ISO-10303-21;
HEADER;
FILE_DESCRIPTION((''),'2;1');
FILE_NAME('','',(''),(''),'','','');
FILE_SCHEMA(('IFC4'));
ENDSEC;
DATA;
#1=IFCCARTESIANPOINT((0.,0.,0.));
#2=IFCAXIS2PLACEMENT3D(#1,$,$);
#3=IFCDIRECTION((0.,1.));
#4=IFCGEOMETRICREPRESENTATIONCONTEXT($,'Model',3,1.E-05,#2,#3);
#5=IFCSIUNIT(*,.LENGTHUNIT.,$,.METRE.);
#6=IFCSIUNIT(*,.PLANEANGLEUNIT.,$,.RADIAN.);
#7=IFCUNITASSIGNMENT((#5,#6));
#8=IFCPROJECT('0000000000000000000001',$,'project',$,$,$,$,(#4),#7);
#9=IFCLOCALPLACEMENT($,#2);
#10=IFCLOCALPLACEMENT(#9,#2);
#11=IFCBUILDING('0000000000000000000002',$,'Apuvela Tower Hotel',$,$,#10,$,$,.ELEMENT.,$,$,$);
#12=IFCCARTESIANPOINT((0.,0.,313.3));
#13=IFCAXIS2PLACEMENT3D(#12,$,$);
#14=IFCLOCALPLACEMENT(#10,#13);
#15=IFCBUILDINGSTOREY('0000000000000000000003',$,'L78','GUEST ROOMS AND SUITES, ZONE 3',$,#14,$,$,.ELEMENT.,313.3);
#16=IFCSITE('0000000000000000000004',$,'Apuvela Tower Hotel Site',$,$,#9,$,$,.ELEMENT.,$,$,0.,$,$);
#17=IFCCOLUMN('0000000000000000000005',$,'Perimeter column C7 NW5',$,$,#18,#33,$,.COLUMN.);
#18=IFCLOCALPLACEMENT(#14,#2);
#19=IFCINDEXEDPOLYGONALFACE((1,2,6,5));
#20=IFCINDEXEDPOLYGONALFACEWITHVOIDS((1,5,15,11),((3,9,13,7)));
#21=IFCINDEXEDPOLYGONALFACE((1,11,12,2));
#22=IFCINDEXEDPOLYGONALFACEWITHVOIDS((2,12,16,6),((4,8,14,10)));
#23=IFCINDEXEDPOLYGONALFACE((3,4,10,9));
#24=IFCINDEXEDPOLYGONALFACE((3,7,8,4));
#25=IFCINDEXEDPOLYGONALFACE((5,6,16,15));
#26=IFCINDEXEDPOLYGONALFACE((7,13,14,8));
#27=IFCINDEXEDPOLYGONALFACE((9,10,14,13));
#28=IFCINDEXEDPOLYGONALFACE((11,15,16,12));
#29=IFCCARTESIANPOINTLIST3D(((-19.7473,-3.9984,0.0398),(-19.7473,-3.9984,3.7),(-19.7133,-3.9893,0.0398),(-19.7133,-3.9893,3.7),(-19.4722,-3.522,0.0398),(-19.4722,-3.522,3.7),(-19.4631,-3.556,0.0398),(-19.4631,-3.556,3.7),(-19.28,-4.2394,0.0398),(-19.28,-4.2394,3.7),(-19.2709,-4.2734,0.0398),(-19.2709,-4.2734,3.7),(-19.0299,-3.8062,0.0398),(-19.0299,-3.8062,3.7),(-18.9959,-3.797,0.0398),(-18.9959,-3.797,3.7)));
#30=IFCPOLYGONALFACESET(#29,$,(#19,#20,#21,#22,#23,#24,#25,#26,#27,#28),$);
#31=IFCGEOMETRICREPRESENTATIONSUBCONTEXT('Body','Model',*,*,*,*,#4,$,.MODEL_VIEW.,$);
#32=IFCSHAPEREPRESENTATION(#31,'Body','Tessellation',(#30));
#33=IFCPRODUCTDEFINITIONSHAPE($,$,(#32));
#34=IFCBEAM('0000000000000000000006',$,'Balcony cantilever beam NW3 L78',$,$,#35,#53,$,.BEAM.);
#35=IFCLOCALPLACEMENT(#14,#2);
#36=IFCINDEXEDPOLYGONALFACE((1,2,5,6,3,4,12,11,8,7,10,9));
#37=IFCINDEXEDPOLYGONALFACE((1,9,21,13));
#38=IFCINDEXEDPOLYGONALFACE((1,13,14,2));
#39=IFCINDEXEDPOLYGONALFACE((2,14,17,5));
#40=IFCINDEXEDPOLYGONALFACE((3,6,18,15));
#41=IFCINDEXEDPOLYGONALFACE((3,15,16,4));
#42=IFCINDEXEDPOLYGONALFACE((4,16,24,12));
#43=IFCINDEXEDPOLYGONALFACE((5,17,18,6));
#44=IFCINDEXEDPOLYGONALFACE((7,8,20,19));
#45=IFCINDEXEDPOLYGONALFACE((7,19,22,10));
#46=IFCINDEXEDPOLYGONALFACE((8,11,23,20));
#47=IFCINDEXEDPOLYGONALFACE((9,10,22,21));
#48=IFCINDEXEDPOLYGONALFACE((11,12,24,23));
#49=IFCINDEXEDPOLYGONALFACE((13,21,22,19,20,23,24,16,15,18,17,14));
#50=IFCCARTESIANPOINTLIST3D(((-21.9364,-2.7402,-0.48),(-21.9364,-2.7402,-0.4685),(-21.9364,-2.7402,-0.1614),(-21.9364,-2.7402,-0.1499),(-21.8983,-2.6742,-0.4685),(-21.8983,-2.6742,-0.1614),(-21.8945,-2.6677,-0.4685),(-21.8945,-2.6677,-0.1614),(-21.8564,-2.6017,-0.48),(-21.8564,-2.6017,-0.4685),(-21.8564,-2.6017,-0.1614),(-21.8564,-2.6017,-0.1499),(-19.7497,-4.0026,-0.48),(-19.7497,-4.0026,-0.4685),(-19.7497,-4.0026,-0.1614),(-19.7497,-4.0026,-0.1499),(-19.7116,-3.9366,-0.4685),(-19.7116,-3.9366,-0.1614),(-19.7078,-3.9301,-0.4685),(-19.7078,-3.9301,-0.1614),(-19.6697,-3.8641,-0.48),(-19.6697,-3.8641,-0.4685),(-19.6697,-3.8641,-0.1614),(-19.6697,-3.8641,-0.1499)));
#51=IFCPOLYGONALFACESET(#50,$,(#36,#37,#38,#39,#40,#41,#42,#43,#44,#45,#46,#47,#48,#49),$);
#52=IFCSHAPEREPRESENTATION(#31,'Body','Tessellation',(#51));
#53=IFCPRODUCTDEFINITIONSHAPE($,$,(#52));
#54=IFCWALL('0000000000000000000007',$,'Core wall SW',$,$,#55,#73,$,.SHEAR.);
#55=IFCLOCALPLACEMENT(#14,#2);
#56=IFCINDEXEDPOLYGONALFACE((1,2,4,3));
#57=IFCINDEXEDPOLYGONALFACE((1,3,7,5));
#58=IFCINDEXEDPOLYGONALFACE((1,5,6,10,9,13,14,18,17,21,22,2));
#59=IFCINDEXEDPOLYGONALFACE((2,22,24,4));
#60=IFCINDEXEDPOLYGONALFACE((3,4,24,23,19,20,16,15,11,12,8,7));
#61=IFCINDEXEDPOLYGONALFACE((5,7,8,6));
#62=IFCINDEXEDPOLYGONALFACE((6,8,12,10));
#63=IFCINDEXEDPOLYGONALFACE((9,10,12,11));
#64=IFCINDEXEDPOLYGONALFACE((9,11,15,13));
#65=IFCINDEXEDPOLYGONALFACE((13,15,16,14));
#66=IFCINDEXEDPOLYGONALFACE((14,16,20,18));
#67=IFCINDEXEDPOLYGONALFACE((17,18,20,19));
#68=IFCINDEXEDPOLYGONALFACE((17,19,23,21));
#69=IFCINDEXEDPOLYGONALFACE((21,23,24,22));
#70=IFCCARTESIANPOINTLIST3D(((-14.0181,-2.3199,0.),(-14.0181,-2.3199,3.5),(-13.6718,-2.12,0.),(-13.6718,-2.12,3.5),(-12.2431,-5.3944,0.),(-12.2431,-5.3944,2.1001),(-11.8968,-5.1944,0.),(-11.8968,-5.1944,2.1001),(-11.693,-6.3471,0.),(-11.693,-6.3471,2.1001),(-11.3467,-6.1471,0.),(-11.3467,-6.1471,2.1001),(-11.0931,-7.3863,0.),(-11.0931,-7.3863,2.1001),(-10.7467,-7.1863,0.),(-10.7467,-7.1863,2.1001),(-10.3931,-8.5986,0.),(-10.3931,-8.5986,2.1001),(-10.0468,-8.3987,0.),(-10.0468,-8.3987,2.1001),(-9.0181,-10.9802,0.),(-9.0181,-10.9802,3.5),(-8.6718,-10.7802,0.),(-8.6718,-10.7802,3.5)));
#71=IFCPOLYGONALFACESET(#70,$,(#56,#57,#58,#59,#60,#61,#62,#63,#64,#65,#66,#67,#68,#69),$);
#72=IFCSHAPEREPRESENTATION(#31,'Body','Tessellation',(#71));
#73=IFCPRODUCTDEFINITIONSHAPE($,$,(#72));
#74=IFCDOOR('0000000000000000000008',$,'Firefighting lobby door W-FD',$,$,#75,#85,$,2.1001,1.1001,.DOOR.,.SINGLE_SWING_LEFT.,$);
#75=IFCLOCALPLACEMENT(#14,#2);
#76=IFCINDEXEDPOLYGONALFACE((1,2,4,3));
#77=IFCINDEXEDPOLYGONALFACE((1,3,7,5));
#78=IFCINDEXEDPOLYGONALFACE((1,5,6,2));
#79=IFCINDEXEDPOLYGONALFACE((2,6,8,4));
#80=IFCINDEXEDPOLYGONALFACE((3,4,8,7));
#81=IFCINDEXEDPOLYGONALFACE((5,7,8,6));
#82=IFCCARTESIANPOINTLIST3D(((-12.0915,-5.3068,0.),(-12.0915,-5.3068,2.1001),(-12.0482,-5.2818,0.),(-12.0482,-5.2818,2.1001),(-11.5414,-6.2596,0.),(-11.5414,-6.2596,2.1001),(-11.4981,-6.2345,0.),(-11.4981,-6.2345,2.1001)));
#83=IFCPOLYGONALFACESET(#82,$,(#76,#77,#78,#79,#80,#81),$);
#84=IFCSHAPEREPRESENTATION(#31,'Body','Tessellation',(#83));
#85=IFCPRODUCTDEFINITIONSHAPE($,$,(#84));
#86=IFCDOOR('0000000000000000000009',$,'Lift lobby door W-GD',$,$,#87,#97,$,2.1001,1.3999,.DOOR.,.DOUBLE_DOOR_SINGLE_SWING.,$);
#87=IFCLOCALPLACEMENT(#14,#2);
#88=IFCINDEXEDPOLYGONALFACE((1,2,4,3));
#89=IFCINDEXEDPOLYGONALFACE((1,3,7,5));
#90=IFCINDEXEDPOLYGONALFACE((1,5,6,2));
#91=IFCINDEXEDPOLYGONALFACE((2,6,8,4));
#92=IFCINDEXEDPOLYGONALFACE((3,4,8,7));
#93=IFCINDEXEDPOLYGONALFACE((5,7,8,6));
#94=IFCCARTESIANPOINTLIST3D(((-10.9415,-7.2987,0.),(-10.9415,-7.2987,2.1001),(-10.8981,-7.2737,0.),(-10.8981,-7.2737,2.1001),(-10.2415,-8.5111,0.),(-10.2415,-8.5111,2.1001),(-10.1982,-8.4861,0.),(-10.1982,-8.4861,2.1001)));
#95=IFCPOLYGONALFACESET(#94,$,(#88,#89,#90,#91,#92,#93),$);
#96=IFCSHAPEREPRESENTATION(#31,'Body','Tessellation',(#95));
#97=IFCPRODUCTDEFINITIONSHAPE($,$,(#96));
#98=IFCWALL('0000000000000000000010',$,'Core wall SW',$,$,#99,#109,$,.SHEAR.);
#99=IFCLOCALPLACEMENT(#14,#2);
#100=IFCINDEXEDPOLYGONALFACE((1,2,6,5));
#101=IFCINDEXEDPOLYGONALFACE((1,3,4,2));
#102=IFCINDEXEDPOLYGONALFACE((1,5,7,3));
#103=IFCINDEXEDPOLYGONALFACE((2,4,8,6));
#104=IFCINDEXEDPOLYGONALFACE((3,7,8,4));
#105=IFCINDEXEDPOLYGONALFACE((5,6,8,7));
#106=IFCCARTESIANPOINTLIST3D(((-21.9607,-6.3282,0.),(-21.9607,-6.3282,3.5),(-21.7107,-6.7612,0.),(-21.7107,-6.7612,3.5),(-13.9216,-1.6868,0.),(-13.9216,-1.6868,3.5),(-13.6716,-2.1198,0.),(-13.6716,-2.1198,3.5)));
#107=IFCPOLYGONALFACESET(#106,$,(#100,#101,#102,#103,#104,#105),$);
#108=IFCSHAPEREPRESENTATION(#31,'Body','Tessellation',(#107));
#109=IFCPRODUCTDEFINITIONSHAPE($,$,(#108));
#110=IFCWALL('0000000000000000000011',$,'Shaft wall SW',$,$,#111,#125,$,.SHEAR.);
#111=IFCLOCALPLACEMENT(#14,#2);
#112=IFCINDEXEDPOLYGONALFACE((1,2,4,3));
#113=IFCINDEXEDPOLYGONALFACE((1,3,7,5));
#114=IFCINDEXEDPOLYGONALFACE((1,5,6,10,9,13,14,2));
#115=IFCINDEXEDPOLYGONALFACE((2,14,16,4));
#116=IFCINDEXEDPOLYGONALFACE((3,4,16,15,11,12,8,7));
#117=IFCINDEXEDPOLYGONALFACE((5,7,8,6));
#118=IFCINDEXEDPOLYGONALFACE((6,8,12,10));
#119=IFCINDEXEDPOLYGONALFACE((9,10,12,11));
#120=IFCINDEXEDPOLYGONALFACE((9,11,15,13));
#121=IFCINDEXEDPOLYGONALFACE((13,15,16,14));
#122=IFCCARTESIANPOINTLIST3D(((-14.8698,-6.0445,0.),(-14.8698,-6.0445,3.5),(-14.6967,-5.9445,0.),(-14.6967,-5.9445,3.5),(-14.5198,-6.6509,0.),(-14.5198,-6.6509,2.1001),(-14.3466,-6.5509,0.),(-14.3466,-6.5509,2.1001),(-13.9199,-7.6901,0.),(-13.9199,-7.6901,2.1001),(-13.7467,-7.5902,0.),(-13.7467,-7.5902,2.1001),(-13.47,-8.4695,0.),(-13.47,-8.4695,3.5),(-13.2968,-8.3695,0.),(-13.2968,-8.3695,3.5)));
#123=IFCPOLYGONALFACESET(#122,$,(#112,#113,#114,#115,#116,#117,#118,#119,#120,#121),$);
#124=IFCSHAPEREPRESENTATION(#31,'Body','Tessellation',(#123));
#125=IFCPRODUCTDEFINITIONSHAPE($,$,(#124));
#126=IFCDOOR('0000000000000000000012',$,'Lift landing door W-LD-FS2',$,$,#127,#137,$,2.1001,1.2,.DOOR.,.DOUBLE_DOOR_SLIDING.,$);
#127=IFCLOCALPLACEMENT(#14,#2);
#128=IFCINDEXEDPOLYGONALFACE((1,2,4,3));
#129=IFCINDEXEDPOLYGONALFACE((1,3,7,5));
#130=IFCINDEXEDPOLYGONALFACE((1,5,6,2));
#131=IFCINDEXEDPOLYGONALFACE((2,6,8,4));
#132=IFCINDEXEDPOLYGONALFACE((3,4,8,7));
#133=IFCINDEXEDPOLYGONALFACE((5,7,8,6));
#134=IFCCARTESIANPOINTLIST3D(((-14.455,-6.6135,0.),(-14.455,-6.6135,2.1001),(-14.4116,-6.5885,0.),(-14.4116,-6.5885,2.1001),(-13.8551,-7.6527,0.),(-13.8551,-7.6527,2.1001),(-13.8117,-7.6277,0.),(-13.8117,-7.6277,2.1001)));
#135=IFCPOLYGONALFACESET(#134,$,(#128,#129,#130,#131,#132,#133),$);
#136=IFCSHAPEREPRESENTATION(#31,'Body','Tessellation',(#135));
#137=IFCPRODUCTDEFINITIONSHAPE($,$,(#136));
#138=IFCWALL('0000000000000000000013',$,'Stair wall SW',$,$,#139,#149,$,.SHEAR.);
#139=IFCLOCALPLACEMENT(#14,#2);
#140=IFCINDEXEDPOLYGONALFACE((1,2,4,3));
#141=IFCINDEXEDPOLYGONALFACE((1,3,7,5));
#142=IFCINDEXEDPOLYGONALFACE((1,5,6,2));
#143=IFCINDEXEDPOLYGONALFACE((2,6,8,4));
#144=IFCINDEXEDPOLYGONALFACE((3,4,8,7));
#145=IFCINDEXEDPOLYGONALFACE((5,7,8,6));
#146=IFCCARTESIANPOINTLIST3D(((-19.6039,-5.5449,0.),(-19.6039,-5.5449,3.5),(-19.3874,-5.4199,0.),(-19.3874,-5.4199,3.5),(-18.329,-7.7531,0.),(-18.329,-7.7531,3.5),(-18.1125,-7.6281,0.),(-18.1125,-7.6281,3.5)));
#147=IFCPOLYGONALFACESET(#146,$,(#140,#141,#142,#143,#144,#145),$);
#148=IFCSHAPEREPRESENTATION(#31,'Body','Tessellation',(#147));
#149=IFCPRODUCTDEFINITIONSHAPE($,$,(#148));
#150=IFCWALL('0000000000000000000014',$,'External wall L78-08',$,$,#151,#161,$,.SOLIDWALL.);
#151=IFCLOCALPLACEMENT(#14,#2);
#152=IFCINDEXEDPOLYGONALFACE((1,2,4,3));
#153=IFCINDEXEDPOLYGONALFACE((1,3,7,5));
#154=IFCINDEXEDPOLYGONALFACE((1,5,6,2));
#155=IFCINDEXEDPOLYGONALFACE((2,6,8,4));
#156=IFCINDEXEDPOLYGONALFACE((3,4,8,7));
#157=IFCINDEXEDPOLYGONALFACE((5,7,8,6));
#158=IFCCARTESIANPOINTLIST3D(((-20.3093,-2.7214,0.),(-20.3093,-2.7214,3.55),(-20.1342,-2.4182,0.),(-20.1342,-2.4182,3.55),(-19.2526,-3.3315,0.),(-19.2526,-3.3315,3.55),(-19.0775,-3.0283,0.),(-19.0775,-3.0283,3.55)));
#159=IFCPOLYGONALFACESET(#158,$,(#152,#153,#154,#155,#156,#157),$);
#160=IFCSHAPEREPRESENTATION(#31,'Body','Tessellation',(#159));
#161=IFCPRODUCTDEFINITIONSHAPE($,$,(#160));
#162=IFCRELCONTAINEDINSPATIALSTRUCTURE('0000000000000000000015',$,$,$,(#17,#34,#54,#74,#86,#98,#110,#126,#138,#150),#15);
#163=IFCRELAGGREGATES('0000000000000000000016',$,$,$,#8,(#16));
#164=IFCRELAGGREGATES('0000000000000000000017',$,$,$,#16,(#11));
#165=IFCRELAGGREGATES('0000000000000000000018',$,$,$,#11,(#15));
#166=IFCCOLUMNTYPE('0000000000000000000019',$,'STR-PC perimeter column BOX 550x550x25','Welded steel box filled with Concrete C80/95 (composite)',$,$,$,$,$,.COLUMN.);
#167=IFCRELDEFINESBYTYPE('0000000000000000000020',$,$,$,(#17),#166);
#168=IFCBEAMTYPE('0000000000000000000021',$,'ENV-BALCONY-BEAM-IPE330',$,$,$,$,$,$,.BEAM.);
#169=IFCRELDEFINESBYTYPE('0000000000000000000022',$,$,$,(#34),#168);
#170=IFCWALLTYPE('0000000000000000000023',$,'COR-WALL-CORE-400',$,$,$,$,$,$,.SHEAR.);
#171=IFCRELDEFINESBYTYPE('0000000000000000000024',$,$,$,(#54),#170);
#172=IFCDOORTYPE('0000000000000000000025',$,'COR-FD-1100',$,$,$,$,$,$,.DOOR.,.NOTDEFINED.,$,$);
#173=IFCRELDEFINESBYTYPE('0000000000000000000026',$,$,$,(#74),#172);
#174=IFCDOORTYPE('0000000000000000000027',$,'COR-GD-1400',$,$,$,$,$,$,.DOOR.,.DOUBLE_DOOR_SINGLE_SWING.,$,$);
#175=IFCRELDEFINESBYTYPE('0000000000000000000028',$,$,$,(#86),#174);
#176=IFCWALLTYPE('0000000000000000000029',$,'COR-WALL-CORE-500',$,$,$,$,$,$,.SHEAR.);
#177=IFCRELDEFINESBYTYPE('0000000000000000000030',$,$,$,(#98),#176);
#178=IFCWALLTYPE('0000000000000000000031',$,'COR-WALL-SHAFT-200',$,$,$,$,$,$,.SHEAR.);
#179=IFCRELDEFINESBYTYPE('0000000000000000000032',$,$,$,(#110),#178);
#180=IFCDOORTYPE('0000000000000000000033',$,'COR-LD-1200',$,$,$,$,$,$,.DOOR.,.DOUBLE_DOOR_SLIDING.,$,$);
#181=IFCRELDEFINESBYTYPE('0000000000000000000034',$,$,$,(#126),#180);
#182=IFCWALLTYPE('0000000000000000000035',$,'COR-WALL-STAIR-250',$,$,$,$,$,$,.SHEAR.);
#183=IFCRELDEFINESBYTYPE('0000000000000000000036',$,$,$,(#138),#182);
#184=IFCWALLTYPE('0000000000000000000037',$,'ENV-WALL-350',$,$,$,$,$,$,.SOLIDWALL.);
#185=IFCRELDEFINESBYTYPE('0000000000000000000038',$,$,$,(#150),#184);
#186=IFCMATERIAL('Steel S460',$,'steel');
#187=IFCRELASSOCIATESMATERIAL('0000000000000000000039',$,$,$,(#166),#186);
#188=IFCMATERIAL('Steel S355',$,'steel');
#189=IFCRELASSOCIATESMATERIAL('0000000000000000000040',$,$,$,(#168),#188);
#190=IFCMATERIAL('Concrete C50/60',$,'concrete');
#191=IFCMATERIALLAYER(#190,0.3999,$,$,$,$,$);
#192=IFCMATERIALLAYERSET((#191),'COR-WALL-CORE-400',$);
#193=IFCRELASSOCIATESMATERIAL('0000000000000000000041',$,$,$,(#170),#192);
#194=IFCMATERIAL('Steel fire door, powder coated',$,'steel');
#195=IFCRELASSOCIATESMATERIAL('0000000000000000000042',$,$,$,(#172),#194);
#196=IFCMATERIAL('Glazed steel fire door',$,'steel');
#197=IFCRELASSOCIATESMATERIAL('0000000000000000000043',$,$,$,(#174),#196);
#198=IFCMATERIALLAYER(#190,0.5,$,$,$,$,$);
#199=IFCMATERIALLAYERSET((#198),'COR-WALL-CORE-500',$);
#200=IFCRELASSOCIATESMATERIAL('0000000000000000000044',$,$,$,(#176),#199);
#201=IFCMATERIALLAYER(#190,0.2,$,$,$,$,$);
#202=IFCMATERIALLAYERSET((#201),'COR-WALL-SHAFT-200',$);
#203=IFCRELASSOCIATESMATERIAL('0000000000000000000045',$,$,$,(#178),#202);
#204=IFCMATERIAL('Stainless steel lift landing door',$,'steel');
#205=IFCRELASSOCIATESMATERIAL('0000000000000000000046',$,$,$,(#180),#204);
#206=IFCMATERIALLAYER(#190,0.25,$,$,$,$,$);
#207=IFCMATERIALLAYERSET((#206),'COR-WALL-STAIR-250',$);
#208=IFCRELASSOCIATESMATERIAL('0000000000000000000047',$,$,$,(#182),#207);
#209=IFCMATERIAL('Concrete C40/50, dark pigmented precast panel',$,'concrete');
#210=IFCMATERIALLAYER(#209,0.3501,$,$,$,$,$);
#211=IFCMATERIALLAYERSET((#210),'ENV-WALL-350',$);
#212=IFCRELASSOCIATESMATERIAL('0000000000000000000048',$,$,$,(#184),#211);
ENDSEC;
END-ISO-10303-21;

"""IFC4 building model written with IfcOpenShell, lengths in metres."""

from ifc_helpers import new_model, si_unit, direction, frame, frame_2d, origin, origin_2d, place, context, subcontext, project, spatial, rectangle, hollow_rectangle, i_section, extrude, boolean, halfspace, material, layer, layer_set, material_profile, profile_set, type_object, element, fill, save


model = new_model("IFC4")

# Units and contexts
model_context = context("Model", 3, precision=1e-05, world=origin(), true_north=direction((0.0, 1.0)))
body_context = subcontext(model_context, "Body", "Model", "MODEL_VIEW")
ifc_project = project(units=[si_unit("LENGTHUNIT", "METRE"), si_unit("PLANEANGLEUNIT", "RADIAN")], contexts=[model_context])

# Site, building, storey
site_placement = place(None, origin())
site = spatial("IfcSite", under=ifc_project, at=site_placement, Name="Apuvela Tower Hotel Site", CompositionType="ELEMENT", RefElevation=0.0)
building_placement = place(site_placement, origin())
building = spatial("IfcBuilding", under=site, at=building_placement, Name="Apuvela Tower Hotel", CompositionType="ELEMENT")
storey_placement = place(building_placement, frame((0.0, 0.0, 313.3)))
storey = spatial("IfcBuildingStorey", under=building, at=storey_placement, Name="L78", Description="GUEST ROOMS AND SUITES, ZONE 3", CompositionType="ELEMENT", Elevation=313.3)

# Column
ifc_material_1 = material(Name="Steel S460", Category="steel")
ifc_material_profile_1 = material_profile(ifc_material_1, hollow_rectangle(XDim=0.55, YDim=0.55, WallThickness=0.0249, at=origin_2d()), Name="BOX 550x550x25")
ifc_material_2 = material(Name="Concrete C80/95", Category="concrete")
ifc_material_profile_2 = material_profile(ifc_material_2, rectangle(XDim=0.5, YDim=0.5, at=origin_2d()), Name="Concrete C80/95 infill")
ifc_profile_set_1 = profile_set([ifc_material_profile_1, ifc_material_profile_2], Name="Steel S460")
column_type = type_object("IfcColumnType", Name="STR-PC perimeter column BOX 550x550x25", Description="Welded steel box filled with Concrete C80/95 (composite)", PredefinedType="COLUMN", material=ifc_profile_set_1)
column_placement = place(storey_placement, frame((-19.3716, -3.8977, 0.0), z_axis=(0.0, 0.0, 1.0), x_axis=(0.5, 0.866025, 0.0)))
element("IfcColumn", 1, at=column_placement, inside=storey, type_object=column_type, Name="Perimeter column C7 NW5", PredefinedType="COLUMN", context=body_context, shape_type="SweptSolid", body=[
    boolean("DIFFERENCE", extrude(hollow_rectangle(XDim=0.55, YDim=0.55, WallThickness=0.0249, at=origin_2d()), origin(), (0.0, 0.0, 1.0), 3.7), halfspace(frame((0.0, 0.0, 0.0398), z_axis=(0.0, 0.0, 1.0), x_axis=(1.0, 0.0, 0.0)), True)),
])

# Beam
ifc_material_3 = material(Name="Steel S355", Category="steel")
ifc_material_profile_3 = material_profile(ifc_material_3, i_section(OverallWidth=0.1599, OverallDepth=0.3301, WebThickness=0.0076, FlangeThickness=0.0115, at=origin_2d()), Name="IPE 330")
ifc_profile_set_2 = profile_set([ifc_material_profile_3], Name="Steel S355")
beam_type = type_object("IfcBeamType", Name="ENV-BALCONY-BEAM-IPE330", PredefinedType="BEAM", material=ifc_profile_set_2)
beam_placement = place(storey_placement, frame((-19.7097, -3.9333, -0.3149), z_axis=(-0.866039, 0.499976, 0.0), x_axis=(-0.499976, -0.866039, 0.0)))
element("IfcBeam", 2, at=beam_placement, inside=storey, type_object=beam_type, Name="Balcony cantilever beam NW3 L78", PredefinedType="BEAM", context=body_context, shape_type="SweptSolid", body=[
    extrude(i_section(OverallWidth=0.1599, OverallDepth=0.3301, WebThickness=0.0076, FlangeThickness=0.0115, at=origin_2d()), origin(), (0.0, 0.0, 1.0), 2.5249),
])

# Wall, openings, doors
ifc_material_4 = material(Name="Concrete C50/60", Category="concrete")
ifc_layer_1 = layer(ifc_material_4, 0.3999)
ifc_layer_set_1 = layer_set([ifc_layer_1], Name="COR-WALL-CORE-400")
wall_type_1 = type_object("IfcWallType", Name="COR-WALL-CORE-400", PredefinedType="SHEAR", material=ifc_layer_set_1)
wall_1_placement = place(storey_placement, frame((-13.845, -2.22, 0.0), z_axis=(0.0, 0.0, 1.0), x_axis=(0.500004, -0.866023, 0.0)))
wall_1 = element("IfcWall", 3, at=wall_1_placement, inside=storey, type_object=wall_type_1, Name="Core wall SW", PredefinedType="SHEAR", context=body_context, shape_type="SweptSolid", body=[
    extrude(rectangle(XDim=10.0, YDim=0.3999, at=frame_2d((5.0, 0.0))), origin(), (0.0, 0.0, 1.0), 3.5),
])
opening_1_placement = place(wall_1_placement, frame((3.55, 0.0, 0.0)))
opening_1 = element("IfcOpeningElement", 4, at=opening_1_placement, cuts=wall_1, PredefinedType="OPENING", context=body_context, shape_type="SweptSolid", body=[
    extrude(rectangle(XDim=1.1001, YDim=2.1001, at=frame_2d((0.55, 1.05))), frame((0.0, 0.21, 0.0), z_axis=(0.0, -1.0, 0.0), x_axis=(1.0, 0.0, 0.0)), (0.0, 0.0, 1.0), 0.4199),
])
opening_2_placement = place(wall_1_placement, frame((5.8501, 0.0, 0.0)))
opening_2 = element("IfcOpeningElement", 5, at=opening_2_placement, cuts=wall_1, PredefinedType="OPENING", context=body_context, shape_type="SweptSolid", body=[
    extrude(rectangle(XDim=1.3999, YDim=2.1001, at=frame_2d((0.7, 1.05))), frame((0.0, 0.21, 0.0), z_axis=(0.0, -1.0, 0.0), x_axis=(1.0, 0.0, 0.0)), (0.0, 0.0, 1.0), 0.4199),
])
ifc_material_5 = material(Name="Steel fire door, powder coated", Category="steel")
door_type_1 = type_object("IfcDoorType", Name="COR-FD-1100", OperationType="NOTDEFINED", PredefinedType="DOOR", material=ifc_material_5)
door_1_placement = place(opening_1_placement, frame((1.1001, 0.0, 0.0), z_axis=(0.0, 0.0, 1.0), x_axis=(-1.0, 0.0, 0.0)))
door_1 = element("IfcDoor", 6, at=door_1_placement, inside=storey, type_object=door_type_1, Name="Firefighting lobby door W-FD", OperationType="SINGLE_SWING_LEFT", OverallHeight=2.1001, OverallWidth=1.1001, PredefinedType="DOOR", context=body_context, shape_type="SweptSolid", body=[
    extrude(rectangle(XDim=1.1001, YDim=2.1001, at=frame_2d((0.55, 1.05))), frame((0.0, 0.0249, 0.0), z_axis=(0.0, -1.0, 0.0), x_axis=(1.0, 0.0, 0.0)), (0.0, 0.0, 1.0), 0.05),
])
fill(opening_1, door_1)
ifc_material_6 = material(Name="Glazed steel fire door", Category="steel")
door_type_2 = type_object("IfcDoorType", Name="COR-GD-1400", OperationType="DOUBLE_DOOR_SINGLE_SWING", PredefinedType="DOOR", material=ifc_material_6)
door_2_placement = place(opening_2_placement, frame((1.3999, 0.0, 0.0), z_axis=(0.0, 0.0, 1.0), x_axis=(-1.0, 0.0, 0.0)))
door_2 = element("IfcDoor", 7, at=door_2_placement, inside=storey, type_object=door_type_2, Name="Lift lobby door W-GD", OperationType="DOUBLE_DOOR_SINGLE_SWING", OverallHeight=2.1001, OverallWidth=1.3999, PredefinedType="DOOR", context=body_context, shape_type="SweptSolid", body=[
    extrude(rectangle(XDim=1.3999, YDim=2.1001, at=frame_2d((0.7, 1.05))), frame((0.0, 0.0249, 0.0), z_axis=(0.0, -1.0, 0.0), x_axis=(1.0, 0.0, 0.0)), (0.0, 0.0, 1.0), 0.05),
])
fill(opening_2, door_2)

# Wall
ifc_layer_2 = layer(ifc_material_4, 0.5)
ifc_layer_set_2 = layer_set([ifc_layer_2], Name="COR-WALL-CORE-500")
wall_type_2 = type_object("IfcWallType", Name="COR-WALL-CORE-500", PredefinedType="SHEAR", material=ifc_layer_set_2)
wall_2_placement = place(storey_placement, frame((-13.7966, -1.9033, 0.0), z_axis=(0.0, 0.0, 1.0), x_axis=(-0.866025, -0.5, 0.0)))
element("IfcWall", 8, at=wall_2_placement, inside=storey, type_object=wall_type_2, Name="Core wall SW", PredefinedType="SHEAR", context=body_context, shape_type="SweptSolid", body=[
    extrude(rectangle(XDim=9.2827, YDim=0.5, at=frame_2d((4.6414, 0.0))), origin(), (0.0, 0.0, 1.0), 3.5),
])

# Wall, opening, door
ifc_layer_3 = layer(ifc_material_4, 0.2)
ifc_layer_set_3 = layer_set([ifc_layer_3], Name="COR-WALL-SHAFT-200")
wall_type_3 = type_object("IfcWallType", Name="COR-WALL-SHAFT-200", PredefinedType="SHEAR", material=ifc_layer_set_3)
wall_3_placement = place(storey_placement, frame((-14.7832, -5.9946, 0.0), z_axis=(0.0, 0.0, 1.0), x_axis=(0.499946, -0.866056, 0.0)))
wall_3 = element("IfcWall", 9, at=wall_3_placement, inside=storey, type_object=wall_type_3, Name="Shaft wall SW", PredefinedType="SHEAR", context=body_context, shape_type="SweptSolid", body=[
    extrude(rectangle(XDim=2.8, YDim=0.2, at=frame_2d((1.3999, 0.0))), origin(), (0.0, 0.0, 1.0), 3.5),
])
opening_3_placement = place(wall_3_placement, frame((0.7, 0.0, 0.0)))
opening_3 = element("IfcOpeningElement", 10, at=opening_3_placement, cuts=wall_3, PredefinedType="OPENING", context=body_context, shape_type="SweptSolid", body=[
    extrude(rectangle(XDim=1.2, YDim=2.1001, at=frame_2d((0.6001, 1.05))), frame((0.0, 0.1099, 0.0), z_axis=(0.0, -1.0, 0.0), x_axis=(1.0, 0.0, 0.0)), (0.0, 0.0, 1.0), 0.22),
])
ifc_material_7 = material(Name="Stainless steel lift landing door", Category="steel")
door_type_3 = type_object("IfcDoorType", Name="COR-LD-1200", OperationType="DOUBLE_DOOR_SLIDING", PredefinedType="DOOR", material=ifc_material_7)
door_3_placement = place(opening_3_placement, origin())
door_3 = element("IfcDoor", 11, at=door_3_placement, inside=storey, type_object=door_type_3, Name="Lift landing door W-LD-FS2", OperationType="DOUBLE_DOOR_SLIDING", OverallHeight=2.1001, OverallWidth=1.2, PredefinedType="DOOR", context=body_context, shape_type="SweptSolid", body=[
    extrude(rectangle(XDim=1.2, YDim=2.1001, at=frame_2d((0.6001, 1.05))), frame((0.0, 0.0249, 0.0), z_axis=(0.0, -1.0, 0.0), x_axis=(1.0, 0.0, 0.0)), (0.0, 0.0, 1.0), 0.05),
])
fill(opening_3, door_3)

# Walls
ifc_layer_4 = layer(ifc_material_4, 0.25)
ifc_layer_set_4 = layer_set([ifc_layer_4], Name="COR-WALL-STAIR-250")
wall_type_4 = type_object("IfcWallType", Name="COR-WALL-STAIR-250", PredefinedType="SHEAR", material=ifc_layer_set_4)
wall_4_placement = place(storey_placement, frame((-19.4956, -5.4824, 0.0), z_axis=(0.0, 0.0, 1.0), x_axis=(0.49999, -0.866031, 0.0)))
element("IfcWall", 12, at=wall_4_placement, inside=storey, type_object=wall_type_4, Name="Stair wall SW", PredefinedType="SHEAR", context=body_context, shape_type="SweptSolid", body=[
    extrude(rectangle(XDim=2.5498, YDim=0.25, at=frame_2d((1.2749, 0.0))), origin(), (0.0, 0.0, 1.0), 3.5),
])
ifc_material_8 = material(Name="Concrete C40/50, dark pigmented precast panel", Category="concrete")
ifc_layer_5 = layer(ifc_material_8, 0.3501)
ifc_layer_set_5 = layer_set([ifc_layer_5], Name="ENV-WALL-350")
wall_type_5 = type_object("IfcWallType", Name="ENV-WALL-350", PredefinedType="SOLIDWALL", material=ifc_layer_set_5)
wall_5_placement = place(storey_placement, frame((-19.165, -3.1799, 0.0), z_axis=(0.0, 0.0, 1.0), x_axis=(-0.866006, 0.500034, 0.0)))
element("IfcWall", 13, at=wall_5_placement, inside=storey, type_object=wall_type_5, Name="External wall L78-08", PredefinedType="SOLIDWALL", context=body_context, shape_type="SweptSolid", body=[
    extrude(rectangle(XDim=1.2202, YDim=0.3501, at=frame_2d((0.6101, 0.0))), origin(), (0.0, 0.0, 1.0), 3.55),
])

save(model, "model.ifc")
